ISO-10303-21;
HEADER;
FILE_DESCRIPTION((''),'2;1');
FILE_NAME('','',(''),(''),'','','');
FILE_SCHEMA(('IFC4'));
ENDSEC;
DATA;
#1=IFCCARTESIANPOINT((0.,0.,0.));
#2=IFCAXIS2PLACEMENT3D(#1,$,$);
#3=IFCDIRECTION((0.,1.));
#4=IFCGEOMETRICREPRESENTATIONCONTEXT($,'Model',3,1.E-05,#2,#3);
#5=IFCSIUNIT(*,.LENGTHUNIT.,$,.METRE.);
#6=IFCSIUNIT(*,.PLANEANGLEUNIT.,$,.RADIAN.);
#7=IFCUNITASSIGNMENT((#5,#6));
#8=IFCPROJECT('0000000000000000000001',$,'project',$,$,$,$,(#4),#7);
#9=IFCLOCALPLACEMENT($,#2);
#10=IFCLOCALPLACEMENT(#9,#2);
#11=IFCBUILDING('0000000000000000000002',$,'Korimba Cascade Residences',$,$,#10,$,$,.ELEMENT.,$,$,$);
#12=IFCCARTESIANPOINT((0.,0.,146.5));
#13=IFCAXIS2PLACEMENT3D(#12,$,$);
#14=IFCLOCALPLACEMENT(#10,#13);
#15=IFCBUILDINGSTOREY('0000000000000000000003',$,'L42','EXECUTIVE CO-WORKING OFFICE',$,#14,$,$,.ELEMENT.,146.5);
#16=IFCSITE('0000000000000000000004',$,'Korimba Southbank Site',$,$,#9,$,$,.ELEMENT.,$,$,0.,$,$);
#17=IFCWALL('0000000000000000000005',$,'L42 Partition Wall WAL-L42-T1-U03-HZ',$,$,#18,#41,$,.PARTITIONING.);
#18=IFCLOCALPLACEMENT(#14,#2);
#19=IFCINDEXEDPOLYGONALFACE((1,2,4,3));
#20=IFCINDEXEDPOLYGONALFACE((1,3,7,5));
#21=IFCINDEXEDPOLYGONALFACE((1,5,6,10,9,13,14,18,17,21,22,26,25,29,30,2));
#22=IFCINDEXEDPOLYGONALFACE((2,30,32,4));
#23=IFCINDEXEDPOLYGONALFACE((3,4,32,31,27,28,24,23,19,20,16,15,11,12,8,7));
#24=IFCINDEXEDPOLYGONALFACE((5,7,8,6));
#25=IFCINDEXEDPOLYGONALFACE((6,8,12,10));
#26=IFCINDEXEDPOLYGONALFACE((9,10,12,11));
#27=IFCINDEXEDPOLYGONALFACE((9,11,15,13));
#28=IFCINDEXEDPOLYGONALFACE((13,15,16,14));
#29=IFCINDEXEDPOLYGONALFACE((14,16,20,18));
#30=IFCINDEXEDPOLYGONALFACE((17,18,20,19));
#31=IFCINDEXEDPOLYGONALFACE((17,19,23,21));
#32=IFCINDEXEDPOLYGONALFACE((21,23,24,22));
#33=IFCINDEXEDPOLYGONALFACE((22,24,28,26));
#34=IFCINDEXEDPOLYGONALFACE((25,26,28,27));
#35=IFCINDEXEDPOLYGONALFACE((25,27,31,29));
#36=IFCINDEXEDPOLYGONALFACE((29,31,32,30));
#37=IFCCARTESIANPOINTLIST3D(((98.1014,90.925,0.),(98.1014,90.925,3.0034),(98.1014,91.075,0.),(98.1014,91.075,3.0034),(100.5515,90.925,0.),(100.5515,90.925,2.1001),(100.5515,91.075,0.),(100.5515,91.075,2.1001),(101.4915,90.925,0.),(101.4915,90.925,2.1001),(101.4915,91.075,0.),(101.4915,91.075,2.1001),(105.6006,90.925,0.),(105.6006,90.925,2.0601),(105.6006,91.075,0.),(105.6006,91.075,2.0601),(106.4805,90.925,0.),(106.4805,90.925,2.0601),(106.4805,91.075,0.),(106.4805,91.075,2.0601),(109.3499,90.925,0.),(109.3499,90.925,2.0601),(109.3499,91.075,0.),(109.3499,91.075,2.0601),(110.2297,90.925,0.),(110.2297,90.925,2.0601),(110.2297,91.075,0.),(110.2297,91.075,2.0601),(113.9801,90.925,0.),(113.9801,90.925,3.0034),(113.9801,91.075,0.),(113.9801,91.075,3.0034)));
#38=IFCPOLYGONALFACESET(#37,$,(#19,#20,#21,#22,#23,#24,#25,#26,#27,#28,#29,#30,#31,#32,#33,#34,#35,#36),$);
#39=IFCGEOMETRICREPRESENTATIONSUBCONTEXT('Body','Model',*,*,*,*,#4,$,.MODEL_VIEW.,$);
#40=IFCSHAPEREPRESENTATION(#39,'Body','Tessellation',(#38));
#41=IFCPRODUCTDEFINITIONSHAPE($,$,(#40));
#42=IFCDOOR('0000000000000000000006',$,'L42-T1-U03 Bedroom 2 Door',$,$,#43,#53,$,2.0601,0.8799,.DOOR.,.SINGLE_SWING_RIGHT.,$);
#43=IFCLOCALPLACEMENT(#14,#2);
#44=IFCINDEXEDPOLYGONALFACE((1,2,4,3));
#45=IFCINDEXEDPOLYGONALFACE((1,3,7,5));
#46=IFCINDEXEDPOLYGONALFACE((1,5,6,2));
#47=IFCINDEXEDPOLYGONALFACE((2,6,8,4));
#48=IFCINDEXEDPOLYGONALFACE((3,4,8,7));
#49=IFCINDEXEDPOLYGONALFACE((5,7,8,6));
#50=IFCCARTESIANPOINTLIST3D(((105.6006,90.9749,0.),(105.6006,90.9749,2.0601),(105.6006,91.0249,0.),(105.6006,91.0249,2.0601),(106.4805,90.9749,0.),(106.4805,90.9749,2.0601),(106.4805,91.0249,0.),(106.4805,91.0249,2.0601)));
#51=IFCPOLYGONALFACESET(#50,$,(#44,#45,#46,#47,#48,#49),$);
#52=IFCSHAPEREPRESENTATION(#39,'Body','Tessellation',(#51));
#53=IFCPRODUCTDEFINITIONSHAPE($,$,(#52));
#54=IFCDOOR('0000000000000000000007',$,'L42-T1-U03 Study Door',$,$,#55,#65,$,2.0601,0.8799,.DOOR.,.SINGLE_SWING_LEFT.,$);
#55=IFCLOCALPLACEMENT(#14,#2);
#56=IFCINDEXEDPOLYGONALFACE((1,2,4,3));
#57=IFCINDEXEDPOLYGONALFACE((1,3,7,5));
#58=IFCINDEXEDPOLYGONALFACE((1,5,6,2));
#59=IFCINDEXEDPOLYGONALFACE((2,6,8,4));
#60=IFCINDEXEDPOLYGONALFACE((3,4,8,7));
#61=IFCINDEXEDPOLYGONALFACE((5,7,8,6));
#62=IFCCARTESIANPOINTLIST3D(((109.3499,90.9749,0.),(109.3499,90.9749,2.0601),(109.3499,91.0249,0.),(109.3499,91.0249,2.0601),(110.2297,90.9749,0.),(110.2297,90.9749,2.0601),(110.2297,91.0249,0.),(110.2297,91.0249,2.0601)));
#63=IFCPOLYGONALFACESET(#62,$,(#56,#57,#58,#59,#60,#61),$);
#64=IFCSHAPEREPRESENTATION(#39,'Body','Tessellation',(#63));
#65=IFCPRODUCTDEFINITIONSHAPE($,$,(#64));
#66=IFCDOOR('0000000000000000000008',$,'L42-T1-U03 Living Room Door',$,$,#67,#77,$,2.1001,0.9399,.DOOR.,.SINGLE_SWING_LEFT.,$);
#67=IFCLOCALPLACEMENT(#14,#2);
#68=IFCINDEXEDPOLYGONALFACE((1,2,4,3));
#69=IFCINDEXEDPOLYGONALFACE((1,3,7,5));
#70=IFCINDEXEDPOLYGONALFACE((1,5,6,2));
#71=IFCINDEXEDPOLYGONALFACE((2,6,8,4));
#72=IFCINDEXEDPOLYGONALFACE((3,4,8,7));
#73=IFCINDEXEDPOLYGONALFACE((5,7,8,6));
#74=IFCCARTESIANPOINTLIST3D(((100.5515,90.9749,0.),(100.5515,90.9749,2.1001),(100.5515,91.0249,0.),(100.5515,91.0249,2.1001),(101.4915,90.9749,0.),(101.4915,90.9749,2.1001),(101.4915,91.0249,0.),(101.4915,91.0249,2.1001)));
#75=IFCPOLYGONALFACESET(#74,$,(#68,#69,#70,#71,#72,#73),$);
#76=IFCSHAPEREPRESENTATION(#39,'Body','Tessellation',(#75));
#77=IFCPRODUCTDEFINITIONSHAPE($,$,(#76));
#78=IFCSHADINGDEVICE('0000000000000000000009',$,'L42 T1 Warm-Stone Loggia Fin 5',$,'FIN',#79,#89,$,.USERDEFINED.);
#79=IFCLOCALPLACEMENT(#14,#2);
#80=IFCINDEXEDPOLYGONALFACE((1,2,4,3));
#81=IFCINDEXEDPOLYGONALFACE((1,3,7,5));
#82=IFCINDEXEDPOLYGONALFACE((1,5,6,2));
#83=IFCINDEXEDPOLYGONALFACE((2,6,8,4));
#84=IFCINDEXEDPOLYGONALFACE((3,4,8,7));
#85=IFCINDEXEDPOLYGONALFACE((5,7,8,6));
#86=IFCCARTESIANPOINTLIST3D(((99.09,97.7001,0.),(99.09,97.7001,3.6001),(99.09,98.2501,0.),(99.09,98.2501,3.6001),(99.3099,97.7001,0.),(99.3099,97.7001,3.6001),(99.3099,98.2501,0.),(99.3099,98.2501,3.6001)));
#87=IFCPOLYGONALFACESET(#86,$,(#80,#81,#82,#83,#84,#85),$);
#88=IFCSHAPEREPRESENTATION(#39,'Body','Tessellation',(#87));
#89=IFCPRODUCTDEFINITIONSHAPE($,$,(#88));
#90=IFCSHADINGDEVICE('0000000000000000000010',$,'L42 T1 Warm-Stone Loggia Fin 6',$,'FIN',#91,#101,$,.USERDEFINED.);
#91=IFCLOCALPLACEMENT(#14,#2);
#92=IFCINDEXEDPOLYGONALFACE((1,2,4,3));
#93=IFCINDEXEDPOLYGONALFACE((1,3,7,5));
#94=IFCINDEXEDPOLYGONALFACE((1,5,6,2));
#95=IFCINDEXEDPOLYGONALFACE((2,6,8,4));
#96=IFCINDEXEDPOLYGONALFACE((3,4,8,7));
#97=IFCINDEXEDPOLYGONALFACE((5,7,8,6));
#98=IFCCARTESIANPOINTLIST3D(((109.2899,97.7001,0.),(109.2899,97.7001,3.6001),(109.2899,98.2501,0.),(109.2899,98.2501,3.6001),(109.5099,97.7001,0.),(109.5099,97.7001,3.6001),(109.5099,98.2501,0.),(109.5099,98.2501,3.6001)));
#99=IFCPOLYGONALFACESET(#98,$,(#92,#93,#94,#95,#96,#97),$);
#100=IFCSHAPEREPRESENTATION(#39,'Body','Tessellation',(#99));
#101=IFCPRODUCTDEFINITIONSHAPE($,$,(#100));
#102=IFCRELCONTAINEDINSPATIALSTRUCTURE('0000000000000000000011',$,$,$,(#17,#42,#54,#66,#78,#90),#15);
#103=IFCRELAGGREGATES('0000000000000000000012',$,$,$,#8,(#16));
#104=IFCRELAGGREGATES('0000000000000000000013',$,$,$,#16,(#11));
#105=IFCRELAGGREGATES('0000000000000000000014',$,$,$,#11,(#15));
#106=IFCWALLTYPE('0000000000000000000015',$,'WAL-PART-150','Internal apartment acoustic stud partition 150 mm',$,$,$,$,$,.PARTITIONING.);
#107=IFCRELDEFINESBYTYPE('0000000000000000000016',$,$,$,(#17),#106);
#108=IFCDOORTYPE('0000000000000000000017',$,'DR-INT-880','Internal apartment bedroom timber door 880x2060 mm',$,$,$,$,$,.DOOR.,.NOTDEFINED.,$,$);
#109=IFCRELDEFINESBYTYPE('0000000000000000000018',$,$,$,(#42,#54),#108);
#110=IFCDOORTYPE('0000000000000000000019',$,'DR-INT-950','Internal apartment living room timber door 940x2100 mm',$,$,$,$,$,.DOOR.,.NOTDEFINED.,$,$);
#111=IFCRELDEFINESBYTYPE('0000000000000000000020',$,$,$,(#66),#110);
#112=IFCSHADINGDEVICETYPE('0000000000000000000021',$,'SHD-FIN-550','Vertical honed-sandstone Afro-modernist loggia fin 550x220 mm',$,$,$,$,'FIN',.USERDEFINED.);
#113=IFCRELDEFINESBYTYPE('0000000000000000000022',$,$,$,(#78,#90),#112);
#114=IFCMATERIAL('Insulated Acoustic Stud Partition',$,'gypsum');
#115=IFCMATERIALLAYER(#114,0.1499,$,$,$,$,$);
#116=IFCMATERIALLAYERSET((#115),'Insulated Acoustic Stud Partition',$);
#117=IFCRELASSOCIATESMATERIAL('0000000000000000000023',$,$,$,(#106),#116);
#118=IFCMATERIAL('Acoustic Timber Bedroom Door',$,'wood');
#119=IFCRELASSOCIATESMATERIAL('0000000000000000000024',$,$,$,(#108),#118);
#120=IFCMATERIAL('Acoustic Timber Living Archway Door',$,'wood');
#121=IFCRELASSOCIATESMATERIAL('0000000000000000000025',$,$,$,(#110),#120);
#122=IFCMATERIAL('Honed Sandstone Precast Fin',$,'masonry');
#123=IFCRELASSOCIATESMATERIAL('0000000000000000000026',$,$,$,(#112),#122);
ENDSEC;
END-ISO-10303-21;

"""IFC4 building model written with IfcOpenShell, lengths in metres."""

from ifc_helpers import new_model, si_unit, direction, frame, frame_2d, origin, origin_2d, place, context, subcontext, project, spatial, rectangle, extrude, material, layer, layer_set, type_object, element, fill, save


model = new_model("IFC4")

# Units and contexts
model_context = context("Model", 3, precision=1e-05, world=origin(), true_north=direction((0.0, 1.0)))
body_context = subcontext(model_context, "Body", "Model", "MODEL_VIEW")
ifc_project = project(units=[si_unit("LENGTHUNIT", "METRE"), si_unit("PLANEANGLEUNIT", "RADIAN")], contexts=[model_context])

# Site, building, storey
site_placement = place(None, origin())
site = spatial("IfcSite", under=ifc_project, at=site_placement, Name="Korimba Southbank Site", CompositionType="ELEMENT", RefElevation=0.0)
building_placement = place(site_placement, origin())
building = spatial("IfcBuilding", under=site, at=building_placement, Name="Korimba Cascade Residences", CompositionType="ELEMENT")
storey_placement = place(building_placement, frame((0.0, 0.0, 146.5)))
storey = spatial("IfcBuildingStorey", under=building, at=storey_placement, Name="L42", Description="EXECUTIVE CO-WORKING OFFICE", CompositionType="ELEMENT", Elevation=146.5)

# Shared definitions
ifc_material_1 = material(Name="Insulated Acoustic Stud Partition", Category="gypsum")
ifc_layer = layer(ifc_material_1, 0.1499)
ifc_layer_set = layer_set([ifc_layer], Name="Insulated Acoustic Stud Partition")
wall_type = type_object("IfcWallType", Name="WAL-PART-150", Description="Internal apartment acoustic stud partition 150 mm", PredefinedType="PARTITIONING", material=ifc_layer_set)

# Wall, openings, doors
wall_1_placement = place(storey_placement, frame((98.1013, 91.0, 0.0), z_axis=(0.0, 0.0, 1.0), x_axis=(1.0, 0.0, 0.0)))
wall_1 = element("IfcWall", 1, at=wall_1_placement, inside=storey, type_object=wall_type, Name="L42 Partition Wall WAL-L42-T1-U03-HZ", PredefinedType="PARTITIONING", context=body_context, shape_type="SweptSolid", body=[
    extrude(rectangle(XDim=15.8787, YDim=0.1499, at=frame_2d((7.9395, 0.0))), origin(), (0.0, 0.0, 1.0), 3.0034),
])
opening_1_placement = place(wall_1_placement, frame((2.4502, 0.0, 0.0)))
opening_1 = element("IfcOpeningElement", 2, at=opening_1_placement, cuts=wall_1, PredefinedType="OPENING", context=body_context, shape_type="SweptSolid", body=[
    extrude(rectangle(XDim=0.9399, YDim=2.1001, at=frame_2d((0.47, 1.05))), frame((0.0, 0.085, 0.0), z_axis=(0.0, -1.0, 0.0), x_axis=(1.0, 0.0, 0.0)), (0.0, 0.0, 1.0), 0.1699),
])
opening_2_placement = place(wall_1_placement, frame((7.4993, 0.0, 0.0)))
opening_2 = element("IfcOpeningElement", 3, at=opening_2_placement, cuts=wall_1, PredefinedType="OPENING", context=body_context, shape_type="SweptSolid", body=[
    extrude(rectangle(XDim=0.8799, YDim=2.0601, at=frame_2d((0.4399, 1.03))), frame((0.0, 0.085, 0.0), z_axis=(0.0, -1.0, 0.0), x_axis=(1.0, 0.0, 0.0)), (0.0, 0.0, 1.0), 0.1699),
])
opening_3_placement = place(wall_1_placement, frame((11.2485, 0.0, 0.0)))
opening_3 = element("IfcOpeningElement", 4, at=opening_3_placement, cuts=wall_1, PredefinedType="OPENING", context=body_context, shape_type="SweptSolid", body=[
    extrude(rectangle(XDim=0.8799, YDim=2.0601, at=frame_2d((0.4399, 1.03))), frame((0.0, 0.085, 0.0), z_axis=(0.0, -1.0, 0.0), x_axis=(1.0, 0.0, 0.0)), (0.0, 0.0, 1.0), 0.1699),
])
ifc_material_2 = material(Name="Acoustic Timber Bedroom Door", Category="wood")
door_type_1 = type_object("IfcDoorType", Name="DR-INT-880", Description="Internal apartment bedroom timber door 880x2060 mm", OperationType="NOTDEFINED", PredefinedType="DOOR", material=ifc_material_2)
door_1_placement = place(opening_2_placement, origin())
door_1 = element("IfcDoor", 5, at=door_1_placement, inside=storey, type_object=door_type_1, Name="L42-T1-U03 Bedroom 2 Door", OperationType="SINGLE_SWING_RIGHT", OverallHeight=2.0601, OverallWidth=0.8799, PredefinedType="DOOR", context=body_context, shape_type="SweptSolid", body=[
    extrude(rectangle(XDim=0.8799, YDim=2.0601, at=frame_2d((0.4399, 1.03))), frame((0.0, 0.0249, 0.0), z_axis=(0.0, -1.0, 0.0), x_axis=(1.0, 0.0, 0.0)), (0.0, 0.0, 1.0), 0.05),
])
fill(opening_2, door_1)
door_2_placement = place(opening_3_placement, origin())
door_2 = element("IfcDoor", 6, at=door_2_placement, inside=storey, type_object=door_type_1, Name="L42-T1-U03 Study Door", OperationType="SINGLE_SWING_LEFT", OverallHeight=2.0601, OverallWidth=0.8799, PredefinedType="DOOR", context=body_context, shape_type="SweptSolid", body=[
    extrude(rectangle(XDim=0.8799, YDim=2.0601, at=frame_2d((0.4399, 1.03))), frame((0.0, 0.0249, 0.0), z_axis=(0.0, -1.0, 0.0), x_axis=(1.0, 0.0, 0.0)), (0.0, 0.0, 1.0), 0.05),
])
fill(opening_3, door_2)
ifc_material_3 = material(Name="Acoustic Timber Living Archway Door", Category="wood")
door_type_2 = type_object("IfcDoorType", Name="DR-INT-950", Description="Internal apartment living room timber door 940x2100 mm", OperationType="NOTDEFINED", PredefinedType="DOOR", material=ifc_material_3)
door_3_placement = place(opening_1_placement, origin())
door_3 = element("IfcDoor", 7, at=door_3_placement, inside=storey, type_object=door_type_2, Name="L42-T1-U03 Living Room Door", OperationType="SINGLE_SWING_LEFT", OverallHeight=2.1001, OverallWidth=0.9399, PredefinedType="DOOR", context=body_context, shape_type="SweptSolid", body=[
    extrude(rectangle(XDim=0.9399, YDim=2.1001, at=frame_2d((0.47, 1.05))), frame((0.0, 0.0249, 0.0), z_axis=(0.0, -1.0, 0.0), x_axis=(1.0, 0.0, 0.0)), (0.0, 0.0, 1.0), 0.05),
])
fill(opening_1, door_3)

# Shading devices
ifc_material_4 = material(Name="Honed Sandstone Precast Fin", Category="masonry")
shading_device_type = type_object("IfcShadingDeviceType", Name="SHD-FIN-550", Description="Vertical honed-sandstone Afro-modernist loggia fin 550x220 mm", ElementType="FIN", PredefinedType="USERDEFINED", material=ifc_material_4)
for number, where, z_axis, x_axis, name in (
    (8, (99.2, 97.9751, 0.0), (0.0, 0.0, 1.0), (1.0, 0.0, 0.0), "L42 T1 Warm-Stone Loggia Fin 5"),
    (9, (109.3999, 97.9751, 0.0), (0.0, 0.0, 1.0), (1.0, 0.0, 0.0), "L42 T1 Warm-Stone Loggia Fin 6"),
):
    element("IfcShadingDevice", number, at=place(storey_placement, frame(where, z_axis=z_axis, x_axis=x_axis)), inside=storey, type_object=shading_device_type, Name=name, ObjectType="FIN", PredefinedType="USERDEFINED", context=body_context, shape_type="SweptSolid", body=[
        extrude(rectangle(XDim=0.22, YDim=0.55, at=origin_2d()), origin(), (0.0, 0.0, 1.0), 3.6001),
    ])

save(model, "model.ifc")
